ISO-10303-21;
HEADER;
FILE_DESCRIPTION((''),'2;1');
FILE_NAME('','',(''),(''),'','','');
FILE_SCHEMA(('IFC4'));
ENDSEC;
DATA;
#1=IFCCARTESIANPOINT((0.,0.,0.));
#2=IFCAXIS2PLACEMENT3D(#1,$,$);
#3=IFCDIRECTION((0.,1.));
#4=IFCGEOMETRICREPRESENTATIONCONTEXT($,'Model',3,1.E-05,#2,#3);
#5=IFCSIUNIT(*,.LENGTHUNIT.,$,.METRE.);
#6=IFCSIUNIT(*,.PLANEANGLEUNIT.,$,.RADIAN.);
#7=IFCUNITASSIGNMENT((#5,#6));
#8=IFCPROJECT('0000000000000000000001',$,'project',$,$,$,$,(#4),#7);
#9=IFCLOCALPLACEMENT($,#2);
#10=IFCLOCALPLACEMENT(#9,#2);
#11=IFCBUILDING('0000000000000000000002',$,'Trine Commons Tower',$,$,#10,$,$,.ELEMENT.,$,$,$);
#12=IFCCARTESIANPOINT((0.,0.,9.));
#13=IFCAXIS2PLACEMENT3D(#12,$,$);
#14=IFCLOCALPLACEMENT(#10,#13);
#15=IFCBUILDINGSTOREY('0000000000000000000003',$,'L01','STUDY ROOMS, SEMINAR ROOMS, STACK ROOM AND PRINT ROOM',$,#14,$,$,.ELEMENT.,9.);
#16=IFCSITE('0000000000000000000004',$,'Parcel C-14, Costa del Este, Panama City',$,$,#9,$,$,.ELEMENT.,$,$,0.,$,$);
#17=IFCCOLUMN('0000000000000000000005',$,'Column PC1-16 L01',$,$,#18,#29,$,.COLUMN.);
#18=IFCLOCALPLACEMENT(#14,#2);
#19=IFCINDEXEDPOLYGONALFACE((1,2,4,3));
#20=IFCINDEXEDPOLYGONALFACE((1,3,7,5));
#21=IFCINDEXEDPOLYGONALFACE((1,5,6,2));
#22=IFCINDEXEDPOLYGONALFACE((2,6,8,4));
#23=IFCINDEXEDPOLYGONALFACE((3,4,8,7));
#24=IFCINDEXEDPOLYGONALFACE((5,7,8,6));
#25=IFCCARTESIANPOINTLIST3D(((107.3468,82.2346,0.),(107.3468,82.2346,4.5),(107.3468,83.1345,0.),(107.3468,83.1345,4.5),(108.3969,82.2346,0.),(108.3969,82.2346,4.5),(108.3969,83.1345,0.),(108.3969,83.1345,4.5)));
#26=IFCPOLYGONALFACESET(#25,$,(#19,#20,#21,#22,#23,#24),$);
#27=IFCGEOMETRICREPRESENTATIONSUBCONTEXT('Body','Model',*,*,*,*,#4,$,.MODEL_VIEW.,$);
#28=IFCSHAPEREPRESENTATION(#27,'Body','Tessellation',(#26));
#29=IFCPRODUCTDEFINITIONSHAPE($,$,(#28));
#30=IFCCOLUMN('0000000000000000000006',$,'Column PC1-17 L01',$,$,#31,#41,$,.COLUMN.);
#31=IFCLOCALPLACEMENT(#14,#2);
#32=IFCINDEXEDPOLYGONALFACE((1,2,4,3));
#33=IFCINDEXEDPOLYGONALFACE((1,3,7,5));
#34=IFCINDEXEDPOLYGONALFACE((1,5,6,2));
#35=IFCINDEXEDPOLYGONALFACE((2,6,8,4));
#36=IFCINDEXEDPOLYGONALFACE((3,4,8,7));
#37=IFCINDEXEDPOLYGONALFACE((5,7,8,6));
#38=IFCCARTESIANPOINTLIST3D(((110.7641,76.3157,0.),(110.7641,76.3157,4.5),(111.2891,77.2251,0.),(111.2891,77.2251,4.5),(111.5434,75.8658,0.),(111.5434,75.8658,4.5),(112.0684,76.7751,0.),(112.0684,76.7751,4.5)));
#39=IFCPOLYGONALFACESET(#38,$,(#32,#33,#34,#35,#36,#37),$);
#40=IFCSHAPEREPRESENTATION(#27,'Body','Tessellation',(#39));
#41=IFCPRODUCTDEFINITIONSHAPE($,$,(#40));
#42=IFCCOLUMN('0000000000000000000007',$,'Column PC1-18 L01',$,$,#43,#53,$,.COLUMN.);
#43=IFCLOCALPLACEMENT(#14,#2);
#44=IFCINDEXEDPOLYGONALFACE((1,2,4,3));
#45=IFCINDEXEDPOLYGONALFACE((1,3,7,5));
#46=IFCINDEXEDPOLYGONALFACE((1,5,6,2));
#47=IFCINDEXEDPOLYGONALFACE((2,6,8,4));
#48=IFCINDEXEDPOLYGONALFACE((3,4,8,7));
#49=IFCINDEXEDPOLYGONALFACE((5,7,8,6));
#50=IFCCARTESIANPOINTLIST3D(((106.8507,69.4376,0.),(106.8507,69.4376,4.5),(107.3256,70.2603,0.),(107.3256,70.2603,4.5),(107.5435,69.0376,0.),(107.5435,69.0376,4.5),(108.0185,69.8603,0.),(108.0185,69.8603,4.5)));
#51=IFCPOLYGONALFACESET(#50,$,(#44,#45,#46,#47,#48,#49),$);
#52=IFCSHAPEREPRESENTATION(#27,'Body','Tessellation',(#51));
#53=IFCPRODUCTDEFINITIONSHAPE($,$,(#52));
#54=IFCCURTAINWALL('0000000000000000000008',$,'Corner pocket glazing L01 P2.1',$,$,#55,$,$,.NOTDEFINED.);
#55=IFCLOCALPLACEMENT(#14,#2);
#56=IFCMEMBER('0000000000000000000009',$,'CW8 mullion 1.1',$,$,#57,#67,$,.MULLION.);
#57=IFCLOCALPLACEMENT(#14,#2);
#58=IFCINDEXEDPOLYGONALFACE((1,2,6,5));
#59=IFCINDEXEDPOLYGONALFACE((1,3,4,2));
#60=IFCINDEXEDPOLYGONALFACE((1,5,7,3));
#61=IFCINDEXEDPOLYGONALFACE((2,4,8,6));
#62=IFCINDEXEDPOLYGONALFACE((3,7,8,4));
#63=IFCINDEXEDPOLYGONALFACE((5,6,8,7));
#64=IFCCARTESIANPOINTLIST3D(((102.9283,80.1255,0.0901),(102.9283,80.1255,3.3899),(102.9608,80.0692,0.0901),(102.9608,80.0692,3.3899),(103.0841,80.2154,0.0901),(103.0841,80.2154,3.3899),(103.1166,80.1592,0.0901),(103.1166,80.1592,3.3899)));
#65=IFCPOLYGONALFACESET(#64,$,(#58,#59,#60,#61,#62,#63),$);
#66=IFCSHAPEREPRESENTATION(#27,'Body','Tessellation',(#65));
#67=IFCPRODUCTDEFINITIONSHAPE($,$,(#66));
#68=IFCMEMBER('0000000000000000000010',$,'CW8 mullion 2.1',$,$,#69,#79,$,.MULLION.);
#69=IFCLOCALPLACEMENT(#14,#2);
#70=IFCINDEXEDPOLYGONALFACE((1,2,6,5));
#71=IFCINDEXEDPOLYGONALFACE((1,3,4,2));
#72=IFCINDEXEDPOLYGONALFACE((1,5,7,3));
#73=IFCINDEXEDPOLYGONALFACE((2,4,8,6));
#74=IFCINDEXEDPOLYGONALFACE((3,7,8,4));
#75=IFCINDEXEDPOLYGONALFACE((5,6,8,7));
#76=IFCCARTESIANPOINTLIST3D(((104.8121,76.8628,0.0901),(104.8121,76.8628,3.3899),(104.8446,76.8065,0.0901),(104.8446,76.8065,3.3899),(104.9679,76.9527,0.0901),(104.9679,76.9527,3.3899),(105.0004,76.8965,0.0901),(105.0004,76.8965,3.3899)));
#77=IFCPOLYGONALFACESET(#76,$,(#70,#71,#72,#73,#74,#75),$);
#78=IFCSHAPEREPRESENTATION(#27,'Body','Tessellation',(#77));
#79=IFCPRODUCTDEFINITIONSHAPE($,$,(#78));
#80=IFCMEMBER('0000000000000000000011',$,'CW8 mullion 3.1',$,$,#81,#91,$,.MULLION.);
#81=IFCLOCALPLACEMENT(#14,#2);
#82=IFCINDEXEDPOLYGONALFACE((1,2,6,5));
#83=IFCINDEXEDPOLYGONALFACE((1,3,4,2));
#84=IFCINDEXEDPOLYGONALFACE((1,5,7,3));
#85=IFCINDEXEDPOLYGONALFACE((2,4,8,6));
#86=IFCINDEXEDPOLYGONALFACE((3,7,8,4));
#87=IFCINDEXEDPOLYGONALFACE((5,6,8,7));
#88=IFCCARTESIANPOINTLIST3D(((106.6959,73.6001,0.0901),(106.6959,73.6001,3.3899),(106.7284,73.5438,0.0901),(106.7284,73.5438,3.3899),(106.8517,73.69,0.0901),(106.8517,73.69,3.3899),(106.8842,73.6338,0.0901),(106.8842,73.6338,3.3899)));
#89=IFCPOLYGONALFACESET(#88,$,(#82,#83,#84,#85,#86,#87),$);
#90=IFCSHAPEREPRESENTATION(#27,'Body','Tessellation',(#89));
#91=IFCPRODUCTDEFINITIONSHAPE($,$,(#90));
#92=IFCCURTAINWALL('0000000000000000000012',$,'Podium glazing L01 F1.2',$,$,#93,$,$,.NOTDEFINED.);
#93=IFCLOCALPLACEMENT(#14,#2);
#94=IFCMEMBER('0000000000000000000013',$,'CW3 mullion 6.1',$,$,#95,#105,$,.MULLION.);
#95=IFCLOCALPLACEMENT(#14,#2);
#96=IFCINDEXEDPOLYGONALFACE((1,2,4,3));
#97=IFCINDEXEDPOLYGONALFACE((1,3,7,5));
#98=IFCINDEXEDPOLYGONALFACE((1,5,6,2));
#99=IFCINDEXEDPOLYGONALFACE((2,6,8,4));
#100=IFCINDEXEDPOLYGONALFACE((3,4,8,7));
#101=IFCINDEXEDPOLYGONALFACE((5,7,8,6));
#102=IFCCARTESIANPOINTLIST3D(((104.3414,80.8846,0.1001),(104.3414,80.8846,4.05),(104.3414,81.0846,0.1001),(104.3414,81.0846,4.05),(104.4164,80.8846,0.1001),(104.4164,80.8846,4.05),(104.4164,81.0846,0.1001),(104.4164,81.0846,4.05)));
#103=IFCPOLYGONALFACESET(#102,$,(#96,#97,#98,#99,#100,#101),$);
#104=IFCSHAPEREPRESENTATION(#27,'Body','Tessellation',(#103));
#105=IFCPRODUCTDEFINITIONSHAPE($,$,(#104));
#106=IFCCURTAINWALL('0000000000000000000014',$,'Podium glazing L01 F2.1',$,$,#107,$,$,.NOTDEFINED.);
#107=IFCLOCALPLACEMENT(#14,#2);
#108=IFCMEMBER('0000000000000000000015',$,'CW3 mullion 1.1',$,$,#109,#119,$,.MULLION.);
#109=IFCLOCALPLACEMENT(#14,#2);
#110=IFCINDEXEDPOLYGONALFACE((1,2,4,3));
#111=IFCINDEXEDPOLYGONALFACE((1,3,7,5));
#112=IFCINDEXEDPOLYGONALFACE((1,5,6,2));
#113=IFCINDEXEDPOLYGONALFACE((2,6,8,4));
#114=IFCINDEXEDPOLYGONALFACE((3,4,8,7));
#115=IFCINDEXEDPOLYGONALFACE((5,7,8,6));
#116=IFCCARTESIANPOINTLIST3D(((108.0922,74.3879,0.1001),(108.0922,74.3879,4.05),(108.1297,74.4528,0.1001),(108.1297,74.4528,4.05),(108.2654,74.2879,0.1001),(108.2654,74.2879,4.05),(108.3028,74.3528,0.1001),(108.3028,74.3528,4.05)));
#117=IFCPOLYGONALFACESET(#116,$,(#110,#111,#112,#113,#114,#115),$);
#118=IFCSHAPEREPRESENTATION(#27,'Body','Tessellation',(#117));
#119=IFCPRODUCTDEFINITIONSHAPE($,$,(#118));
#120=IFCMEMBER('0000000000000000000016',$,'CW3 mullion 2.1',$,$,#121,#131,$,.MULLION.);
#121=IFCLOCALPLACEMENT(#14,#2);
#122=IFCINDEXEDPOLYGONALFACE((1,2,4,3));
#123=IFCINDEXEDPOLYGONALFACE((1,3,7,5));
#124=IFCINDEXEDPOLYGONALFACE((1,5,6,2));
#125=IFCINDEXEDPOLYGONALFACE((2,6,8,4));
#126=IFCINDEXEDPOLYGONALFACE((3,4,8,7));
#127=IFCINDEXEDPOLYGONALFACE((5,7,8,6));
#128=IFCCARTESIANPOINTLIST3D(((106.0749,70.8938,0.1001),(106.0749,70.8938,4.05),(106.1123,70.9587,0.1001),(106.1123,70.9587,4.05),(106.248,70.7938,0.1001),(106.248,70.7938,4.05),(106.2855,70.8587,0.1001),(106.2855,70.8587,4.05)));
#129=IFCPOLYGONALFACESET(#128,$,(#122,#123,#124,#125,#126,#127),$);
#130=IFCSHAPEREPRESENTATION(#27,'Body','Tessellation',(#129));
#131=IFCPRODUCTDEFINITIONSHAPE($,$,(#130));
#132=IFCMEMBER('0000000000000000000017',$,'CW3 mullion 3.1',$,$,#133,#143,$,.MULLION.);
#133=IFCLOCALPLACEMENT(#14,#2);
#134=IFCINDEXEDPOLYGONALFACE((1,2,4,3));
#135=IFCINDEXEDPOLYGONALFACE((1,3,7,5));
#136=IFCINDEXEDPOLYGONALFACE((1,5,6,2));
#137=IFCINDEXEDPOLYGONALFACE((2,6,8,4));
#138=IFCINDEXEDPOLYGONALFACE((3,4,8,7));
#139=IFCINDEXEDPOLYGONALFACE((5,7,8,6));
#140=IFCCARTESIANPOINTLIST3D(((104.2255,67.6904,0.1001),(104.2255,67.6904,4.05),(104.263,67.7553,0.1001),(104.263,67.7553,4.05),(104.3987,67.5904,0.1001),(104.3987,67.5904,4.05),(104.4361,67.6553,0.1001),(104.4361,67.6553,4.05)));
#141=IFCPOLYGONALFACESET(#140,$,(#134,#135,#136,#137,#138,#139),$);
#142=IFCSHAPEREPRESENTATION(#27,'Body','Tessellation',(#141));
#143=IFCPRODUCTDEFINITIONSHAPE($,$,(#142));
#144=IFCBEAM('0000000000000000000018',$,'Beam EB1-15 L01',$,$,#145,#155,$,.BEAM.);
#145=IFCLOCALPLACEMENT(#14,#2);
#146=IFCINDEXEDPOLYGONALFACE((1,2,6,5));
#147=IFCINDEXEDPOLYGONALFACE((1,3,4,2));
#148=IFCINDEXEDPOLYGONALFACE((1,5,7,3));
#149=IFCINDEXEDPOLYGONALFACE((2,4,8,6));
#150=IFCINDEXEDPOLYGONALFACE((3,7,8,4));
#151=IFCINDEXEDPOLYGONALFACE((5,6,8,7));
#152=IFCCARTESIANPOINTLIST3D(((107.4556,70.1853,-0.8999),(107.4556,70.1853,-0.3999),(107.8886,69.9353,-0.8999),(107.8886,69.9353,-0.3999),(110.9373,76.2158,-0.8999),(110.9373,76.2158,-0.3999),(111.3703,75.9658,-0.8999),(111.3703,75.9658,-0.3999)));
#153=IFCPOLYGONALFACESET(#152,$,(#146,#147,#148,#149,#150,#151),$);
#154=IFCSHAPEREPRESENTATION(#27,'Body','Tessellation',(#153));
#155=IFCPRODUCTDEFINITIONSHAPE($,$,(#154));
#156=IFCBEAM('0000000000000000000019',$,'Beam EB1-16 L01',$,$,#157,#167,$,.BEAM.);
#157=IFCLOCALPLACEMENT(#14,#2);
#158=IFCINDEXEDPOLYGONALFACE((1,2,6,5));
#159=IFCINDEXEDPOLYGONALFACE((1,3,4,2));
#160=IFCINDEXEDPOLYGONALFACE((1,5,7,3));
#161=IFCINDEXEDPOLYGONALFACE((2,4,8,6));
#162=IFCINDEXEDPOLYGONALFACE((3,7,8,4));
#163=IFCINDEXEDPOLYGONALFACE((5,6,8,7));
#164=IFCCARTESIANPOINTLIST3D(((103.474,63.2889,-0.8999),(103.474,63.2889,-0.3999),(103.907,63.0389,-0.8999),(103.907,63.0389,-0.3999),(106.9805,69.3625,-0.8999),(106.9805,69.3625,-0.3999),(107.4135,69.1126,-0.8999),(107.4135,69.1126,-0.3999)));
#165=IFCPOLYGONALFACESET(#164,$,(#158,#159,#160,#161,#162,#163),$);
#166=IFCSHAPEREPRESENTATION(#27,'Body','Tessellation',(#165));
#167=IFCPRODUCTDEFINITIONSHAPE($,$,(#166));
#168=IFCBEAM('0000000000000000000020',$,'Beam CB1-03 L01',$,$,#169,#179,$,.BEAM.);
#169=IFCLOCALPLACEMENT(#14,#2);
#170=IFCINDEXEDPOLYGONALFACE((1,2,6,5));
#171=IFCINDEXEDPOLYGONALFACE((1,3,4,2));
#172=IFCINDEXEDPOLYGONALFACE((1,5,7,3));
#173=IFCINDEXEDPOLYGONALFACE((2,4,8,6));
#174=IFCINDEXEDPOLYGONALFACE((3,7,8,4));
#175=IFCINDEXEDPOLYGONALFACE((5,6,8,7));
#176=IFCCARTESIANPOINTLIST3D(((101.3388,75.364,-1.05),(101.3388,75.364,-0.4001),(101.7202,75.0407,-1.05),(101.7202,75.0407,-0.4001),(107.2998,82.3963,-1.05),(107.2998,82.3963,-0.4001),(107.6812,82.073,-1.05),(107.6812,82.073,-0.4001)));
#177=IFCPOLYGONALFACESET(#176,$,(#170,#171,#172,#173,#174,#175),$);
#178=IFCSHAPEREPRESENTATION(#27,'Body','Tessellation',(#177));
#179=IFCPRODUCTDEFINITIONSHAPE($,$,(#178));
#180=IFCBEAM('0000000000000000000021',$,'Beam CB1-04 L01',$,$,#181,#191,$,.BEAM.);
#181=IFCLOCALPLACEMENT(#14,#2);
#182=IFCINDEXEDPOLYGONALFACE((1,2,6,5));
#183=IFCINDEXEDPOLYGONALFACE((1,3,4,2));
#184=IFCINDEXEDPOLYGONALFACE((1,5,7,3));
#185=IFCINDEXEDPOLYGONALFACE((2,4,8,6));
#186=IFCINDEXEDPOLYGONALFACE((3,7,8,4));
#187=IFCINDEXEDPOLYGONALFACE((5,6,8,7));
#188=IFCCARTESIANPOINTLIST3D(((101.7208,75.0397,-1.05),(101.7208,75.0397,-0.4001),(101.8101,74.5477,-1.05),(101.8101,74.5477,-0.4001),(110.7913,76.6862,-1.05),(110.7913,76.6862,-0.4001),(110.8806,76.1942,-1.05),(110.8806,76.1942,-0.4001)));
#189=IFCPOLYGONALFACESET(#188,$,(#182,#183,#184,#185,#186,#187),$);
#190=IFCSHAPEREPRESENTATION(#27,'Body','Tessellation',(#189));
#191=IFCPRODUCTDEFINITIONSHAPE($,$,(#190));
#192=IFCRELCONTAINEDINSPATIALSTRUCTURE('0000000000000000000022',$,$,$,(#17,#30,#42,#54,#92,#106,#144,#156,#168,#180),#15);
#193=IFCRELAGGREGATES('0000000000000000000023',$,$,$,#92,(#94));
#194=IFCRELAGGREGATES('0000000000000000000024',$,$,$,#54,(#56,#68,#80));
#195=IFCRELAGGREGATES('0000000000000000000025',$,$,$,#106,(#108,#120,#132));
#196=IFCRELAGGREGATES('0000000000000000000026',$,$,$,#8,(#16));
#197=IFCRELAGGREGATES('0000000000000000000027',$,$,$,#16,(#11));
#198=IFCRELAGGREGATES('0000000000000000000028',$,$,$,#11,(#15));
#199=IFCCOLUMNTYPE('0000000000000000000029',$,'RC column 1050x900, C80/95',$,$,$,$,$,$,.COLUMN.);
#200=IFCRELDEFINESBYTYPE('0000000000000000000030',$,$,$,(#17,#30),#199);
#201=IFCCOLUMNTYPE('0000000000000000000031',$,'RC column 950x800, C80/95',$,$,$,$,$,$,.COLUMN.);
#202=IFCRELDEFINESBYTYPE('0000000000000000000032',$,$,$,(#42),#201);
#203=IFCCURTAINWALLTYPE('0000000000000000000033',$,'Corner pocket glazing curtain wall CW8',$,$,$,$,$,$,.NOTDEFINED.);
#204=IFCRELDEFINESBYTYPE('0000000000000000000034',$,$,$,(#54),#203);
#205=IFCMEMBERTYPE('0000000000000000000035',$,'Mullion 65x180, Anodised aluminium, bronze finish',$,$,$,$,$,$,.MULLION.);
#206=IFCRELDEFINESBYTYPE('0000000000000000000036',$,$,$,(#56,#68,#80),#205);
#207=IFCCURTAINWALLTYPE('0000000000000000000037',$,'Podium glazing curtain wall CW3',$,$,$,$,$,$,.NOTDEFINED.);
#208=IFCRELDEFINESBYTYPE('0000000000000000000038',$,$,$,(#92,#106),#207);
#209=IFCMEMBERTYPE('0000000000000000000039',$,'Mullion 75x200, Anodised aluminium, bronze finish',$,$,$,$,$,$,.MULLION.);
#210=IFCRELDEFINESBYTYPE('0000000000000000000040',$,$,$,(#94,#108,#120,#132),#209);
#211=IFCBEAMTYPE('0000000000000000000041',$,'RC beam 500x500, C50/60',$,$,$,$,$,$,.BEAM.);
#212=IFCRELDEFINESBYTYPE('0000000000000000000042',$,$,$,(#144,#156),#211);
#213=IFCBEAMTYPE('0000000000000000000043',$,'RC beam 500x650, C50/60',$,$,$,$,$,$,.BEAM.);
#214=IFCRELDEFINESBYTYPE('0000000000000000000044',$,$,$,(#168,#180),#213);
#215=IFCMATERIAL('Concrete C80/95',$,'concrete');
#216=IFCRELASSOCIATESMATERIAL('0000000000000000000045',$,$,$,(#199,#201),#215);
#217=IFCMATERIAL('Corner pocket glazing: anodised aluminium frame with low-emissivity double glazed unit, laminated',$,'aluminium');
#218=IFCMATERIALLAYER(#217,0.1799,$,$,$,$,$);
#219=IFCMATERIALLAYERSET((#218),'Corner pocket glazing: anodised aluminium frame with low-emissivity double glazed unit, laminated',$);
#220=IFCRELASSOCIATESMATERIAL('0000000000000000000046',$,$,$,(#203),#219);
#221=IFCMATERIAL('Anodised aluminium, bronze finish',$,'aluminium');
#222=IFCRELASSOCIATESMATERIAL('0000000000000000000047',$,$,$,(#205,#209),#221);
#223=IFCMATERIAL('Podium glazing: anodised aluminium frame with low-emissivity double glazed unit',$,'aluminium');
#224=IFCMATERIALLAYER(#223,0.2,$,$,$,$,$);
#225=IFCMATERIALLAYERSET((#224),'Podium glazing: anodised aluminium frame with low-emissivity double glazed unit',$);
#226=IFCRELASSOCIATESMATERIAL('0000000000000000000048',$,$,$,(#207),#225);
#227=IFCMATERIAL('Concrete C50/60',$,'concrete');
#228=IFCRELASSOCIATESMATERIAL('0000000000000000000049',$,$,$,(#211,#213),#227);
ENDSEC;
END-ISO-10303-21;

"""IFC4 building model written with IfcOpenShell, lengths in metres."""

from ifc_helpers import new_model, si_unit, direction, frame, origin, origin_2d, place, context, subcontext, project, spatial, rectangle, extrude, material, layer, layer_set, material_profile, profile_set, type_object, element, aggregate, save


model = new_model("IFC4")

# Units and contexts
model_context = context("Model", 3, precision=1e-05, world=origin(), true_north=direction((0.0, 1.0)))
body_context = subcontext(model_context, "Body", "Model", "MODEL_VIEW")
ifc_project = project(units=[si_unit("LENGTHUNIT", "METRE"), si_unit("PLANEANGLEUNIT", "RADIAN")], contexts=[model_context])

# Site, building, storey
site_placement = place(None, origin())
site = spatial("IfcSite", under=ifc_project, at=site_placement, Name="Parcel C-14, Costa del Este, Panama City", CompositionType="ELEMENT", RefElevation=0.0)
building_placement = place(site_placement, origin())
building = spatial("IfcBuilding", under=site, at=building_placement, Name="Trine Commons Tower", CompositionType="ELEMENT")
storey_placement = place(building_placement, frame((0.0, 0.0, 9.0)))
storey = spatial("IfcBuildingStorey", under=building, at=storey_placement, Name="L01", Description="STUDY ROOMS, SEMINAR ROOMS, STACK ROOM AND PRINT ROOM", CompositionType="ELEMENT", Elevation=9.0)

# Columns
ifc_material_1 = material(Name="Concrete C80/95", Category="concrete")
ifc_material_profile_1 = material_profile(ifc_material_1, rectangle(XDim=1.05, YDim=0.8999, at=origin_2d()), Name="RC 1050x900")
ifc_profile_set_1 = profile_set([ifc_material_profile_1], Name="Concrete C80/95")
column_type_1 = type_object("IfcColumnType", Name="RC column 1050x900, C80/95", PredefinedType="COLUMN", material=ifc_profile_set_1)
for number, where, z_axis, x_axis, name in (
    (1, (107.8718, 82.6846, 0.0), (0.0, 0.0, 1.0), (1.0, 0.0, 0.0), "Column PC1-16 L01"),
    (2, (111.4163, 76.5454, 0.0), (0.0, 0.0, 1.0), (0.5, 0.866025, 0.0), "Column PC1-17 L01"),
):
    element("IfcColumn", number, at=place(storey_placement, frame(where, z_axis=z_axis, x_axis=x_axis)), inside=storey, type_object=column_type_1, Name=name, PredefinedType="COLUMN", context=body_context, shape_type="SweptSolid", body=[
        extrude(rectangle(XDim=1.05, YDim=0.8999, at=origin_2d()), origin(), (0.0, 0.0, 1.0), 4.5),
    ])
ifc_material_profile_2 = material_profile(ifc_material_1, rectangle(XDim=0.95, YDim=0.8, at=origin_2d()), Name="RC 950x800")
ifc_profile_set_2 = profile_set([ifc_material_profile_2], Name="Concrete C80/95")
column_type_2 = type_object("IfcColumnType", Name="RC column 950x800, C80/95", PredefinedType="COLUMN", material=ifc_profile_set_2)
column_placement = place(storey_placement, frame((107.4346, 69.6489, 0.0), z_axis=(0.0, 0.0, 1.0), x_axis=(0.5, 0.866025, 0.0)))
element("IfcColumn", 3, at=column_placement, inside=storey, type_object=column_type_2, Name="Column PC1-18 L01", PredefinedType="COLUMN", context=body_context, shape_type="SweptSolid", body=[
    extrude(rectangle(XDim=0.95, YDim=0.8, at=origin_2d()), origin(), (0.0, 0.0, 1.0), 4.5),
])

# Curtain wall, members
ifc_material_2 = material(Name="Corner pocket glazing: anodised aluminium frame with low-emissivity double glazed unit, laminated", Category="aluminium")
ifc_layer_1 = layer(ifc_material_2, 0.1799)
ifc_layer_set_1 = layer_set([ifc_layer_1], Name="Corner pocket glazing: anodised aluminium frame with low-emissivity double glazed unit, laminated")
curtain_wall_type_1 = type_object("IfcCurtainWallType", Name="Corner pocket glazing curtain wall CW8", PredefinedType="NOTDEFINED", material=ifc_layer_set_1)
curtain_wall_1_placement = place(storey_placement, origin())
curtain_wall_1 = element("IfcCurtainWall", 4, at=curtain_wall_1_placement, inside=storey, type_object=curtain_wall_type_1, Name="Corner pocket glazing L01 P2.1", PredefinedType="NOTDEFINED")
ifc_material_3 = material(Name="Anodised aluminium, bronze finish", Category="aluminium")
ifc_material_profile_3 = material_profile(ifc_material_3, rectangle(XDim=0.1799, YDim=0.0649, at=origin_2d()), Name="Mullion 65x180")
ifc_profile_set_3 = profile_set([ifc_material_profile_3], Name="Anodised aluminium, bronze finish")
member_type_1 = type_object("IfcMemberType", Name="Mullion 65x180, Anodised aluminium, bronze finish", PredefinedType="MULLION", material=ifc_profile_set_3)
member_1_placement = place(storey_placement, frame((103.0225, 80.1423, 0.0901), z_axis=(0.0, 0.0, 1.0), x_axis=(0.866025, 0.5, 0.0)))
member_1 = element("IfcMember", 5, at=member_1_placement, type_object=member_type_1, Name="CW8 mullion 1.1", PredefinedType="MULLION", context=body_context, shape_type="SweptSolid", body=[
    extrude(rectangle(XDim=0.1799, YDim=0.0649, at=origin_2d()), origin(), (0.0, 0.0, 1.0), 3.2998),
])
member_2_placement = place(storey_placement, frame((104.9062, 76.8796, 0.0901), z_axis=(0.0, 0.0, 1.0), x_axis=(0.866025, 0.5, 0.0)))
member_2 = element("IfcMember", 6, at=member_2_placement, type_object=member_type_1, Name="CW8 mullion 2.1", PredefinedType="MULLION", context=body_context, shape_type="SweptSolid", body=[
    extrude(rectangle(XDim=0.1799, YDim=0.0649, at=origin_2d()), origin(), (0.0, 0.0, 1.0), 3.2998),
])
member_3_placement = place(storey_placement, frame((106.79, 73.6169, 0.0901), z_axis=(0.0, 0.0, 1.0), x_axis=(0.866025, 0.5, 0.0)))
member_3 = element("IfcMember", 7, at=member_3_placement, type_object=member_type_1, Name="CW8 mullion 3.1", PredefinedType="MULLION", context=body_context, shape_type="SweptSolid", body=[
    extrude(rectangle(XDim=0.1799, YDim=0.0649, at=origin_2d()), origin(), (0.0, 0.0, 1.0), 3.2998),
])

# Curtain wall, member
ifc_material_4 = material(Name="Podium glazing: anodised aluminium frame with low-emissivity double glazed unit", Category="aluminium")
ifc_layer_2 = layer(ifc_material_4, 0.2)
ifc_layer_set_2 = layer_set([ifc_layer_2], Name="Podium glazing: anodised aluminium frame with low-emissivity double glazed unit")
curtain_wall_type_2 = type_object("IfcCurtainWallType", Name="Podium glazing curtain wall CW3", PredefinedType="NOTDEFINED", material=ifc_layer_set_2)
curtain_wall_2_placement = place(storey_placement, origin())
curtain_wall_2 = element("IfcCurtainWall", 8, at=curtain_wall_2_placement, inside=storey, type_object=curtain_wall_type_2, Name="Podium glazing L01 F1.2", PredefinedType="NOTDEFINED")
ifc_material_profile_4 = material_profile(ifc_material_3, rectangle(XDim=0.2, YDim=0.075, at=origin_2d()), Name="Mullion 75x200")
ifc_profile_set_4 = profile_set([ifc_material_profile_4], Name="Anodised aluminium, bronze finish")
member_type_2 = type_object("IfcMemberType", Name="Mullion 75x200, Anodised aluminium, bronze finish", PredefinedType="MULLION", material=ifc_profile_set_4)
member_4_placement = place(storey_placement, frame((104.3789, 80.9846, 0.1001), z_axis=(0.0, 0.0, 1.0), x_axis=(0.0, 1.0, 0.0)))
member_4 = element("IfcMember", 9, at=member_4_placement, type_object=member_type_2, Name="CW3 mullion 6.1", PredefinedType="MULLION", context=body_context, shape_type="SweptSolid", body=[
    extrude(rectangle(XDim=0.2, YDim=0.075, at=origin_2d()), origin(), (0.0, 0.0, 1.0), 3.95),
])
aggregate(curtain_wall_2, [member_4])

# Curtain wall, members
curtain_wall_3_placement = place(storey_placement, origin())
curtain_wall_3 = element("IfcCurtainWall", 10, at=curtain_wall_3_placement, inside=storey, type_object=curtain_wall_type_2, Name="Podium glazing L01 F2.1", PredefinedType="NOTDEFINED")
member_5_placement = place(storey_placement, frame((108.1975, 74.3704, 0.1001), z_axis=(0.0, 0.0, 1.0), x_axis=(0.866025, -0.5, 0.0)))
member_5 = element("IfcMember", 11, at=member_5_placement, type_object=member_type_2, Name="CW3 mullion 1.1", PredefinedType="MULLION", context=body_context, shape_type="SweptSolid", body=[
    extrude(rectangle(XDim=0.2, YDim=0.075, at=origin_2d()), origin(), (0.0, 0.0, 1.0), 3.95),
])
member_6_placement = place(storey_placement, frame((106.1802, 70.8762, 0.1001), z_axis=(0.0, 0.0, 1.0), x_axis=(0.866025, -0.5, 0.0)))
member_6 = element("IfcMember", 12, at=member_6_placement, type_object=member_type_2, Name="CW3 mullion 2.1", PredefinedType="MULLION", context=body_context, shape_type="SweptSolid", body=[
    extrude(rectangle(XDim=0.2, YDim=0.075, at=origin_2d()), origin(), (0.0, 0.0, 1.0), 3.95),
])
member_7_placement = place(storey_placement, frame((104.3308, 67.6729, 0.1001), z_axis=(0.0, 0.0, 1.0), x_axis=(0.866025, -0.5, 0.0)))
member_7 = element("IfcMember", 13, at=member_7_placement, type_object=member_type_2, Name="CW3 mullion 3.1", PredefinedType="MULLION", context=body_context, shape_type="SweptSolid", body=[
    extrude(rectangle(XDim=0.2, YDim=0.075, at=origin_2d()), origin(), (0.0, 0.0, 1.0), 3.95),
])

# Beams
ifc_material_5 = material(Name="Concrete C50/60", Category="concrete")
ifc_material_profile_5 = material_profile(ifc_material_5, rectangle(XDim=0.5, YDim=0.5, at=origin_2d()), Name="RC 500x500")
ifc_profile_set_5 = profile_set([ifc_material_profile_5], Name="Concrete C50/60")
beam_type_1 = type_object("IfcBeamType", Name="RC beam 500x500, C50/60", PredefinedType="BEAM", material=ifc_profile_set_5)
beam_1_placement = place(storey_placement, frame((111.1538, 76.0908, -0.6499), z_axis=(-0.499997, -0.866027, 0.0), x_axis=(0.866027, -0.499997, 0.0)))
element("IfcBeam", 14, at=beam_1_placement, inside=storey, type_object=beam_type_1, Name="Beam EB1-15 L01", PredefinedType="BEAM", context=body_context, shape_type="SweptSolid", body=[
    extrude(rectangle(XDim=0.5, YDim=0.5, at=origin_2d()), origin(), (0.0, 0.0, 1.0), 6.9634),
])
beam_2_placement = place(storey_placement, frame((107.197, 69.2375, -0.6499), z_axis=(-0.499992, -0.86603, 0.0), x_axis=(0.86603, -0.499992, 0.0)))
element("IfcBeam", 15, at=beam_2_placement, inside=storey, type_object=beam_type_1, Name="Beam EB1-16 L01", PredefinedType="BEAM", context=body_context, shape_type="SweptSolid", body=[
    extrude(rectangle(XDim=0.5, YDim=0.5, at=origin_2d()), origin(), (0.0, 0.0, 1.0), 7.0132),
])
ifc_material_profile_6 = material_profile(ifc_material_5, rectangle(XDim=0.5, YDim=0.6499, at=origin_2d()), Name="RC 500x650")
ifc_profile_set_6 = profile_set([ifc_material_profile_6], Name="Concrete C50/60")
beam_type_2 = type_object("IfcBeamType", Name="RC beam 500x650, C50/60", PredefinedType="BEAM", material=ifc_profile_set_6)
for number, where, z_axis, x_axis, name in (
    (16, (107.4905, 82.2346, -0.7251), (-0.646612, -0.762819, 0.0), (0.762819, -0.646612, 0.0), "Beam CB1-03 L01"),
    (17, (110.8359, 76.4402, -0.7251), (-0.983922, -0.178601, 0.0), (0.178601, -0.983922, 0.0), "Beam CB1-04 L01"),
):
    element("IfcBeam", number, at=place(storey_placement, frame(where, z_axis=z_axis, x_axis=x_axis)), inside=storey, type_object=beam_type_2, Name=name, PredefinedType="BEAM", context=body_context, shape_type="SweptSolid", body=[
        extrude(rectangle(XDim=0.5, YDim=0.6499, at=origin_2d()), origin(), (0.0, 0.0, 1.0), 9.2188),
    ])

aggregate(curtain_wall_1, [member_1, member_2, member_3])
aggregate(curtain_wall_3, [member_5, member_6, member_7])

save(model, "model.ifc")
